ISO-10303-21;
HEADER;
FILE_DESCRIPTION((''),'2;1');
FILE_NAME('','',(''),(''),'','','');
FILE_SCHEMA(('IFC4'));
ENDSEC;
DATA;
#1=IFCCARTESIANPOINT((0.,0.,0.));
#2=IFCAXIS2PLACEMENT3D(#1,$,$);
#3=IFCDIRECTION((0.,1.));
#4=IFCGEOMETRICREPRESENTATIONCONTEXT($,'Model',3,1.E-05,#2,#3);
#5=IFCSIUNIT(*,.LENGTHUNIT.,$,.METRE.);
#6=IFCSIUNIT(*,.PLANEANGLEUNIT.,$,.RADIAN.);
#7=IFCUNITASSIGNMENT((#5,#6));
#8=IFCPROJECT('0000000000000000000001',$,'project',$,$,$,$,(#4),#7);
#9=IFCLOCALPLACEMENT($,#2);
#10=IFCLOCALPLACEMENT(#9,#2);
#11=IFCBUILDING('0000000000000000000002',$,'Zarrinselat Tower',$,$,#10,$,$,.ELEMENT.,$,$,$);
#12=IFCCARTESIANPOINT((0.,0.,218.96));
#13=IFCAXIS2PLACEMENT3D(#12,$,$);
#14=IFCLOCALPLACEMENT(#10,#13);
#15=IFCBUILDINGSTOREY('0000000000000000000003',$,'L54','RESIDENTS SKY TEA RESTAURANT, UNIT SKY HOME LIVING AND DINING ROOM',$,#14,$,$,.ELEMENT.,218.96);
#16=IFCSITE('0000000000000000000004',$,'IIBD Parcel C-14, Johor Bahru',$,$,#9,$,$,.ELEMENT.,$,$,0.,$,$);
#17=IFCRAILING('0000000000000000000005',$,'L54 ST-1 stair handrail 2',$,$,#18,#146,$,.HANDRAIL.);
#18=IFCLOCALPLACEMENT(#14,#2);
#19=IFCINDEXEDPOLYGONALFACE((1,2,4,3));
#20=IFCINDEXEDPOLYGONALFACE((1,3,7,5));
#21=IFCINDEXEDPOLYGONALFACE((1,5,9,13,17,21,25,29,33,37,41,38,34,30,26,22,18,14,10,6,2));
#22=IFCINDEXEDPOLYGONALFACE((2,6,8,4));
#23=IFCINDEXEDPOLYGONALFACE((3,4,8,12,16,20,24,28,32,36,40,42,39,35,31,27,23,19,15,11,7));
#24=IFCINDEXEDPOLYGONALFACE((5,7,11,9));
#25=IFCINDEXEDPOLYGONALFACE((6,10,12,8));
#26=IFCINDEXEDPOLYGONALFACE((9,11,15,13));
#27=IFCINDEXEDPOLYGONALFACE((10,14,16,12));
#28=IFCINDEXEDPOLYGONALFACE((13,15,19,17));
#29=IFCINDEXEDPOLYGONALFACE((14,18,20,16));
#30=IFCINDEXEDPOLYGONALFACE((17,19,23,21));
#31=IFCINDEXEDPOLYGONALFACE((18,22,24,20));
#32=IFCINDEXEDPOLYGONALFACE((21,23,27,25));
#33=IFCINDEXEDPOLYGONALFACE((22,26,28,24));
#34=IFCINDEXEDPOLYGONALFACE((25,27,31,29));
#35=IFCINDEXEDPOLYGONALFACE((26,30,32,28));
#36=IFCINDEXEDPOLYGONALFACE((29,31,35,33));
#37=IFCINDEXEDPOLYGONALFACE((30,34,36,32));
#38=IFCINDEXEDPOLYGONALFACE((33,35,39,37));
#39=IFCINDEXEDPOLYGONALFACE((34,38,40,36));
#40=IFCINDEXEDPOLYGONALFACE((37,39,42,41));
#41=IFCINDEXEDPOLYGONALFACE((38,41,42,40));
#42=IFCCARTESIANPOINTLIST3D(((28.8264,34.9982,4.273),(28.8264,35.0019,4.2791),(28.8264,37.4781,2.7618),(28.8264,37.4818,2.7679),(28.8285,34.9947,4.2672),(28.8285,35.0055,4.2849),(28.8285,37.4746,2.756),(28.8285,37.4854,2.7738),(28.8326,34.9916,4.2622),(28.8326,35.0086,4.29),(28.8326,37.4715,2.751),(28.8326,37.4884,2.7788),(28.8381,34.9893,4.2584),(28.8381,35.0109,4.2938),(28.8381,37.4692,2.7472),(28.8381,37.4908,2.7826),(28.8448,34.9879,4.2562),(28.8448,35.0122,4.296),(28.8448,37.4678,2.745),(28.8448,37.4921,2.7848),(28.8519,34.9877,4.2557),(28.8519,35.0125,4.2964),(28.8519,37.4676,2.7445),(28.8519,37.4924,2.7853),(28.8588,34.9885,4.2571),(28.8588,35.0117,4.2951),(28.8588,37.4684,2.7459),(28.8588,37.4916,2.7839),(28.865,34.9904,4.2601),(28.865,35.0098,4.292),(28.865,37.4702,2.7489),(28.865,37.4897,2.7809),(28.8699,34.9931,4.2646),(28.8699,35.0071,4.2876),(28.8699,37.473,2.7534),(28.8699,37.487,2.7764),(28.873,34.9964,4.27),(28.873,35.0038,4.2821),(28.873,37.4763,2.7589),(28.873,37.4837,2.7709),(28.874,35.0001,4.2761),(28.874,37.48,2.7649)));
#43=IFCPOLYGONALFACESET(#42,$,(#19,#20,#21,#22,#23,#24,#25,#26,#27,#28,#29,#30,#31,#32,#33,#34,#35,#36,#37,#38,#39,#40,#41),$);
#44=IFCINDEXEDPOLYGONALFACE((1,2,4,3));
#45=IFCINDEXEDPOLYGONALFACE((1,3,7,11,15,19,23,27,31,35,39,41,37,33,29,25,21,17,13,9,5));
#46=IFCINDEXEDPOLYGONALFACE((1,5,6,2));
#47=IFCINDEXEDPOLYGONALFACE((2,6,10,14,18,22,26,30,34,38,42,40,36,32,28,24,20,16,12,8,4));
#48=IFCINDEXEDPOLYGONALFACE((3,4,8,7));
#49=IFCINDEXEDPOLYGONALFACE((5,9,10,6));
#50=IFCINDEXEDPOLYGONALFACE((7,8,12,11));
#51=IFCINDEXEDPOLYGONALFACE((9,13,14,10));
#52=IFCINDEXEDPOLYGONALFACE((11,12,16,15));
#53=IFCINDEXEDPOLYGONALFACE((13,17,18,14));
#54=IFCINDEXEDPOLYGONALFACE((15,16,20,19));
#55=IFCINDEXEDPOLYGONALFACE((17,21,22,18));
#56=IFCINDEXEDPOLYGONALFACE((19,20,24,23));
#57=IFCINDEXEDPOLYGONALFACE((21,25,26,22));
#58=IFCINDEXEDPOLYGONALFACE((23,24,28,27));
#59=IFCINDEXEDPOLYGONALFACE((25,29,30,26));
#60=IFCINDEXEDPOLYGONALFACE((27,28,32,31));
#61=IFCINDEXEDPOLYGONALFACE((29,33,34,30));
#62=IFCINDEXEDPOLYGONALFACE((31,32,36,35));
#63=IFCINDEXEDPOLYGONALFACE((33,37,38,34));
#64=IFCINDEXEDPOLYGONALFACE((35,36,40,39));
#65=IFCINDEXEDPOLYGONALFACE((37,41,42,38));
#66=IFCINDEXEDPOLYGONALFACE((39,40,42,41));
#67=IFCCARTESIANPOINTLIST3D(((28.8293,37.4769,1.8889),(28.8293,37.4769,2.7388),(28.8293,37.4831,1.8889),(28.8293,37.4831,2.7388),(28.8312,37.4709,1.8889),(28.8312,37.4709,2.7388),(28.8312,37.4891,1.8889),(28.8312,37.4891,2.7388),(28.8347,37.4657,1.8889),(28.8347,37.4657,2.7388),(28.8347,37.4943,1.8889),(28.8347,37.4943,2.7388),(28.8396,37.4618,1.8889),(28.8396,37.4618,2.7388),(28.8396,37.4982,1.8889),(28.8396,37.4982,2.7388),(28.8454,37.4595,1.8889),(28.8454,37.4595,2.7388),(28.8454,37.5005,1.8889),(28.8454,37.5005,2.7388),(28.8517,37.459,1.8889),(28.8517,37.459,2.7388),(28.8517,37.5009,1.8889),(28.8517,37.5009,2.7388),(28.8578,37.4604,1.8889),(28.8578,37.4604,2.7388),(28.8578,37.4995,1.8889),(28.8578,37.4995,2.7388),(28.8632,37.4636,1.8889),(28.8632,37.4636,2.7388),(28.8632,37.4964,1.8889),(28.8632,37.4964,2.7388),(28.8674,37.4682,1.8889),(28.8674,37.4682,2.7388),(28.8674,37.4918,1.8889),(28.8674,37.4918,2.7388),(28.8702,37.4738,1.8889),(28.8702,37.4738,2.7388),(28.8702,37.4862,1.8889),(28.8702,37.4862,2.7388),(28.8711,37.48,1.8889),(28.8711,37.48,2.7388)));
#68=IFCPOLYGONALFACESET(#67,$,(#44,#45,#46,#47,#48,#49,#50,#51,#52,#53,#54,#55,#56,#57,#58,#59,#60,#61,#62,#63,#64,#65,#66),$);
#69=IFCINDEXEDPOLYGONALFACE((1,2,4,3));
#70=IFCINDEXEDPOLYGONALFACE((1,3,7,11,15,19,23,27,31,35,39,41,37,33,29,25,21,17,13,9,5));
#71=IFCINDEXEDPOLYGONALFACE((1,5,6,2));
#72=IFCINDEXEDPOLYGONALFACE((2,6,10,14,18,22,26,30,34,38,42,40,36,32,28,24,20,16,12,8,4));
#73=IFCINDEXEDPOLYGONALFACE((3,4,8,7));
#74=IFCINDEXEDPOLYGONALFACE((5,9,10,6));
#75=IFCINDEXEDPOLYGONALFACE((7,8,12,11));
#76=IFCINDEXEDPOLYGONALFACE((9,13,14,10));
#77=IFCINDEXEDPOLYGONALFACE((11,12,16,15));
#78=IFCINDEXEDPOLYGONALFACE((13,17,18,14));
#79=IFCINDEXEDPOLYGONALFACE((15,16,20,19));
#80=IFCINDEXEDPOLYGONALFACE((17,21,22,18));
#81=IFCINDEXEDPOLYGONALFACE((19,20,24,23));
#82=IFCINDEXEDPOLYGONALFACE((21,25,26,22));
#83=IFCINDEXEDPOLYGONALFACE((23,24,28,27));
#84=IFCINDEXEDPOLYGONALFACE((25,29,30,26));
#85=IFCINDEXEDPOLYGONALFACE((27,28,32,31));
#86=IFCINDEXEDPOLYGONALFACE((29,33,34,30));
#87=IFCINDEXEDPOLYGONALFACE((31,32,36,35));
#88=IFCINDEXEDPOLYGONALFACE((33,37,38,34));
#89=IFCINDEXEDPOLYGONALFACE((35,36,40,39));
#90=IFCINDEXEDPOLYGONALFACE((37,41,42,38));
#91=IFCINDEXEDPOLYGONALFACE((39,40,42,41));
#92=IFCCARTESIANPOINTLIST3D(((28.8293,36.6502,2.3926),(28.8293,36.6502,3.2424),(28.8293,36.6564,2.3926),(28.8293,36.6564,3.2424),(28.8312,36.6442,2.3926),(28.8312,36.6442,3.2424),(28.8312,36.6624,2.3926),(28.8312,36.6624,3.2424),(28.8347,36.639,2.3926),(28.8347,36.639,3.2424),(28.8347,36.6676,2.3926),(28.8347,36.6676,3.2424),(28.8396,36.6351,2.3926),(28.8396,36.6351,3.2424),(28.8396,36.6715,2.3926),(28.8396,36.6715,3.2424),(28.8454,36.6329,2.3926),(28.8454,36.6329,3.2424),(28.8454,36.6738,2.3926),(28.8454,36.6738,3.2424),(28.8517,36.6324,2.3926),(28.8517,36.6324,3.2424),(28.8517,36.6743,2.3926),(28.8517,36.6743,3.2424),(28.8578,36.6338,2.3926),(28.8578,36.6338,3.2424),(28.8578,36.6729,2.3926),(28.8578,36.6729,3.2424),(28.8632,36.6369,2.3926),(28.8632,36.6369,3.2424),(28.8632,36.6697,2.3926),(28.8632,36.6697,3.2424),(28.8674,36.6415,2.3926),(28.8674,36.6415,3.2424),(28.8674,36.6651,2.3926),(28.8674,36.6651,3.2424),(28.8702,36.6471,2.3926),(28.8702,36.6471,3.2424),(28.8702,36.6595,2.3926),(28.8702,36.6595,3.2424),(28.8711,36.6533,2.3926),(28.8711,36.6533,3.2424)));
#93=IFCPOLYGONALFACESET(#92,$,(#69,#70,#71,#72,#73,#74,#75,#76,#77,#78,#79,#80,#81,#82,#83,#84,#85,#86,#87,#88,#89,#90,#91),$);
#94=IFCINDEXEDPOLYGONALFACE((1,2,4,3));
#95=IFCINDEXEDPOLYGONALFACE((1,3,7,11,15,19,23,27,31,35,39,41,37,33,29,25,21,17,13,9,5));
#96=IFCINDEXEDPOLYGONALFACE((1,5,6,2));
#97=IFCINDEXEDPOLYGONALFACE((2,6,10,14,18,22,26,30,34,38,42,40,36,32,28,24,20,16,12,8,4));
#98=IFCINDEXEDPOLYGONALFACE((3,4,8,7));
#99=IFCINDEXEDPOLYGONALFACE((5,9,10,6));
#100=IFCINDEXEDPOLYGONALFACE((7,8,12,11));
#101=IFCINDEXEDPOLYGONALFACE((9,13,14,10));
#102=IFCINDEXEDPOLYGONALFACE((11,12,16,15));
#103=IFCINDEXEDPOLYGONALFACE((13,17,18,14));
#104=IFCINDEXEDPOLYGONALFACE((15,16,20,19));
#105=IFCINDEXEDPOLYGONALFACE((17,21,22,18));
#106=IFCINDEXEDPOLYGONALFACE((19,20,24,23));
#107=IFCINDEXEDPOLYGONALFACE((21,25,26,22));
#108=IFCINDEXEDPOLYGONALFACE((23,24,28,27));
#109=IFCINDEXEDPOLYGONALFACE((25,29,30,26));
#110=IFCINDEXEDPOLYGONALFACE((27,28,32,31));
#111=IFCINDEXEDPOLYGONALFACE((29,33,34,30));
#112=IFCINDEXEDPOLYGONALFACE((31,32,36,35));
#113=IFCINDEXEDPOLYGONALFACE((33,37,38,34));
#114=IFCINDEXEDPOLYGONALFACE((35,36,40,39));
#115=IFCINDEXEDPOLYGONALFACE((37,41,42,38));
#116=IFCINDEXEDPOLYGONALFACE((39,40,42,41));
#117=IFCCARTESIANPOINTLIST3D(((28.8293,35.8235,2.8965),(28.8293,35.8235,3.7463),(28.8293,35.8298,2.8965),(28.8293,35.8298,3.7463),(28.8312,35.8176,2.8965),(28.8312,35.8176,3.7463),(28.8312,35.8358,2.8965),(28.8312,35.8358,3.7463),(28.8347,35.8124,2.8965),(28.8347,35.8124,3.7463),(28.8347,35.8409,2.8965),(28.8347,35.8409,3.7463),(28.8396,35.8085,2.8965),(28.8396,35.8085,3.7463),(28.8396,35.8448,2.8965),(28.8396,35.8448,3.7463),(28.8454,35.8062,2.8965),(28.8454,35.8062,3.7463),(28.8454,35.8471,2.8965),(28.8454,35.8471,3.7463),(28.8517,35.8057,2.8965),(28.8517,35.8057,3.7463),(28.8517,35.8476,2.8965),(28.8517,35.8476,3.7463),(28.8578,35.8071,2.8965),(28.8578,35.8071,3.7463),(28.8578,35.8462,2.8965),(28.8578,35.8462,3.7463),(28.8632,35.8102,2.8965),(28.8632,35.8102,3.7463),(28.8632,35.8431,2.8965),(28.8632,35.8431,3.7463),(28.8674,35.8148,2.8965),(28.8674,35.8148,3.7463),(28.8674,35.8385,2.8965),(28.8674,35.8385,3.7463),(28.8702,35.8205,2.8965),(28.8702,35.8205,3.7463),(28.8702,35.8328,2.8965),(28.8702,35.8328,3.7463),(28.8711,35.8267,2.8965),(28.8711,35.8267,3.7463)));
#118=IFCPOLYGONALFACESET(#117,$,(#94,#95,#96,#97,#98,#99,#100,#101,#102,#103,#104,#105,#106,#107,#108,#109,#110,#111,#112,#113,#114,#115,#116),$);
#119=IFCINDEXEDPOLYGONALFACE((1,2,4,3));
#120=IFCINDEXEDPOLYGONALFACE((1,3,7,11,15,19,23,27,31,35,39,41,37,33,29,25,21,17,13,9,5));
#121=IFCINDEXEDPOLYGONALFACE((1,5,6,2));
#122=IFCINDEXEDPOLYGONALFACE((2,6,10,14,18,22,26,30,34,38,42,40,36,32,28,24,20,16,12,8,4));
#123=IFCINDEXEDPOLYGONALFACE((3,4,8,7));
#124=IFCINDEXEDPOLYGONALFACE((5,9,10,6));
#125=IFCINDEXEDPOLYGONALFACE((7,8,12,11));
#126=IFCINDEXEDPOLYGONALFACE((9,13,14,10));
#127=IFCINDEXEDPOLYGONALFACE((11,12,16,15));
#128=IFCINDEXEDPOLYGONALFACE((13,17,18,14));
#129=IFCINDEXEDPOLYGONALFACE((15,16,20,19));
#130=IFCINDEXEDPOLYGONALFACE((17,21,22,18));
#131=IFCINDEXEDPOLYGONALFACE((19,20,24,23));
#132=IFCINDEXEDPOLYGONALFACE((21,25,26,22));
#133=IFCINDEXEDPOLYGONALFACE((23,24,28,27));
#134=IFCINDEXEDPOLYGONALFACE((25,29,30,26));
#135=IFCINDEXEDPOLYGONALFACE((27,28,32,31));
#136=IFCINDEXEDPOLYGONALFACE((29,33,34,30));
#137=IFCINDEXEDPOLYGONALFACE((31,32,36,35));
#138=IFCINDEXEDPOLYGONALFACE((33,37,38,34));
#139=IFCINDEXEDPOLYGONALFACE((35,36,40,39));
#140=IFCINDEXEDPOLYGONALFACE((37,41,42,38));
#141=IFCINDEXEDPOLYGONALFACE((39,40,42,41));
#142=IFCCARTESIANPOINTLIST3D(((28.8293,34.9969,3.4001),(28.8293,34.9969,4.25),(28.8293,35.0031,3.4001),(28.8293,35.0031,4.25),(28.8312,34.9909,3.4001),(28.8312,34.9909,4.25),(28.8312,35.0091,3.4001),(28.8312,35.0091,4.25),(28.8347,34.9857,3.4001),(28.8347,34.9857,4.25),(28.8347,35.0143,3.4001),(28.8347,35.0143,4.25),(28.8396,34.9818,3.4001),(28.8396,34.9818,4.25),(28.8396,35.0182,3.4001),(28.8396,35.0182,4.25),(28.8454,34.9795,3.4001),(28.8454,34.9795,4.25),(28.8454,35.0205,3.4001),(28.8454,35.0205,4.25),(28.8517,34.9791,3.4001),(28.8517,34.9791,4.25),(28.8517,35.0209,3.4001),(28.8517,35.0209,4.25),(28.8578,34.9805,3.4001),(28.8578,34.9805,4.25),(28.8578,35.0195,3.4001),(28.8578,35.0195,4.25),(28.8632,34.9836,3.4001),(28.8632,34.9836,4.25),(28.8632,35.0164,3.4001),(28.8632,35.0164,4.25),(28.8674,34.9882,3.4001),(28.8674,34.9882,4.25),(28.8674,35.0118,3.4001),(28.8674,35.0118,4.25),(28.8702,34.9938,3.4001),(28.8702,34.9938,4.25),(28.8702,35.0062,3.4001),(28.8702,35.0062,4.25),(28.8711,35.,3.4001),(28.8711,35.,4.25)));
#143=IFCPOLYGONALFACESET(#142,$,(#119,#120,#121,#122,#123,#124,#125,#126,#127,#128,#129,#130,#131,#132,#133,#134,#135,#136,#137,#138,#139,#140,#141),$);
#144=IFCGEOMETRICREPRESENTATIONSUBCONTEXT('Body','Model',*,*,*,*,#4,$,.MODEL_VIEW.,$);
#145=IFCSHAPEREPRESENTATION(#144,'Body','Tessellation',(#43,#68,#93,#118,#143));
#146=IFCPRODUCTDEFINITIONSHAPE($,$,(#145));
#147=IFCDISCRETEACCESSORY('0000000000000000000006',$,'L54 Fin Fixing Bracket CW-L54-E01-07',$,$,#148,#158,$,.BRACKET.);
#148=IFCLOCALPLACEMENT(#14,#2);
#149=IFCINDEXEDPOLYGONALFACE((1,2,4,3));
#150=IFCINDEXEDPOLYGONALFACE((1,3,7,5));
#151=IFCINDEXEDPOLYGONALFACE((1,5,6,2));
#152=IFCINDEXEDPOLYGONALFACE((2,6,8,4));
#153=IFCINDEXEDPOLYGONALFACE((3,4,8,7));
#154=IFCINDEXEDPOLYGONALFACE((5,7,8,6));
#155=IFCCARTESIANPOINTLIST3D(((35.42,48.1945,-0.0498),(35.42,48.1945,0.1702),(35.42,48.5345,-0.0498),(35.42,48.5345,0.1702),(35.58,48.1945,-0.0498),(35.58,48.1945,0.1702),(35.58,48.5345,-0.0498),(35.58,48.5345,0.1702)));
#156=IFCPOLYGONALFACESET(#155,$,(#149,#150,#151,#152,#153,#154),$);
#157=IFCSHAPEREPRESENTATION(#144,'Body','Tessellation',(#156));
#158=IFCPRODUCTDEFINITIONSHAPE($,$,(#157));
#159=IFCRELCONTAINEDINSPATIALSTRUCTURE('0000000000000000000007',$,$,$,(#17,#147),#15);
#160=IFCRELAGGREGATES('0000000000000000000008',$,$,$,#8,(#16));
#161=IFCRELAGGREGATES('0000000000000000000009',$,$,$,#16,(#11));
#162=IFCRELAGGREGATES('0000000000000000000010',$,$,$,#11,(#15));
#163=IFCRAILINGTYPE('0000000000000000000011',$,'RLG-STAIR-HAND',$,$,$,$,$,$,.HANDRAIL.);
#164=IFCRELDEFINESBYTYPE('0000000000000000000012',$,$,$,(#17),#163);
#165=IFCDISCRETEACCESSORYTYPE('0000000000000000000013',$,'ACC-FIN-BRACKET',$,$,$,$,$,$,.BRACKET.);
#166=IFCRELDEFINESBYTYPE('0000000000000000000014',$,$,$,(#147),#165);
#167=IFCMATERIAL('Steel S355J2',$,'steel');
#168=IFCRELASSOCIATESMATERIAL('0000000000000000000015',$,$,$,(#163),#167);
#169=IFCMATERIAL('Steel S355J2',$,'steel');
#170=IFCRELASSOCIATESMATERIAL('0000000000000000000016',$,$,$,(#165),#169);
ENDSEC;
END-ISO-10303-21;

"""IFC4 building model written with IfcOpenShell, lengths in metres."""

from ifc_helpers import new_model, si_unit, direction, frame, origin, origin_2d, place, context, subcontext, project, spatial, rectangle, circle, extrude, material, type_object, element, save


model = new_model("IFC4")

# Units and contexts
model_context = context("Model", 3, precision=1e-05, world=origin(), true_north=direction((0.0, 1.0)))
body_context = subcontext(model_context, "Body", "Model", "MODEL_VIEW")
ifc_project = project(units=[si_unit("LENGTHUNIT", "METRE"), si_unit("PLANEANGLEUNIT", "RADIAN")], contexts=[model_context])

# Site, building, storey
site_placement = place(None, origin())
site = spatial("IfcSite", under=ifc_project, at=site_placement, Name="IIBD Parcel C-14, Johor Bahru", CompositionType="ELEMENT", RefElevation=0.0)
building_placement = place(site_placement, origin())
building = spatial("IfcBuilding", under=site, at=building_placement, Name="Zarrinselat Tower", CompositionType="ELEMENT")
storey_placement = place(building_placement, frame((0.0, 0.0, 218.96)))
storey = spatial("IfcBuildingStorey", under=building, at=storey_placement, Name="L54", Description="RESIDENTS SKY TEA RESTAURANT, UNIT SKY HOME LIVING AND DINING ROOM", CompositionType="ELEMENT", Elevation=218.96)

# Railing
ifc_material_1 = material(Name="Steel S355J2", Category="steel")
railing_type_1 = type_object("IfcRailingType", Name="RLG-STAIR-HAND", PredefinedType="HANDRAIL", material=ifc_material_1)
railing_1_placement = place(storey_placement, frame((28.8501, 37.48, 1.8889)))
element("IfcRailing", 1, at=railing_1_placement, inside=storey, type_object=railing_type_1, Name="L54 ST-1 stair handrail 2", PredefinedType="HANDRAIL", context=body_context, shape_type="SweptSolid", body=[
    extrude(circle(Radius=0.0239, at=origin_2d()), frame((0.0, 0.0, 0.876), z_axis=(0.0, -0.853942, 0.520368), x_axis=(1.0, 0.0, 0.0)), (0.0, 0.0, 1.0), 2.9041),
    extrude(circle(Radius=0.021, at=origin_2d()), origin(), (0.0, 0.0, 1.0), 0.8499),
    extrude(circle(Radius=0.021, at=origin_2d()), frame((0.0, -0.8267, 0.5037)), (0.0, 0.0, 1.0), 0.8499),
    extrude(circle(Radius=0.021, at=origin_2d()), frame((0.0, -1.6533, 1.0076)), (0.0, 0.0, 1.0), 0.8499),
    extrude(circle(Radius=0.021, at=origin_2d()), frame((0.0, -2.48, 1.5112)), (0.0, 0.0, 1.0), 0.8499),
])

# Discrete accessory
ifc_material_2 = material(Name="Steel S355J2", Category="steel")
discrete_accessory_type = type_object("IfcDiscreteAccessoryType", Name="ACC-FIN-BRACKET", PredefinedType="BRACKET", material=ifc_material_2)
discrete_accessory_placement = place(storey_placement, frame((35.5, 48.3645, -0.0498), z_axis=(0.0, 0.0, 1.0), x_axis=(0.0, 1.0, 0.0)))
element("IfcDiscreteAccessory", 2, at=discrete_accessory_placement, inside=storey, type_object=discrete_accessory_type, Name="L54 Fin Fixing Bracket CW-L54-E01-07", PredefinedType="BRACKET", context=body_context, shape_type="SweptSolid", body=[
    extrude(rectangle(XDim=0.3401, YDim=0.1599, at=origin_2d()), origin(), (0.0, 0.0, 1.0), 0.22),
])

save(model, "model.ifc")
